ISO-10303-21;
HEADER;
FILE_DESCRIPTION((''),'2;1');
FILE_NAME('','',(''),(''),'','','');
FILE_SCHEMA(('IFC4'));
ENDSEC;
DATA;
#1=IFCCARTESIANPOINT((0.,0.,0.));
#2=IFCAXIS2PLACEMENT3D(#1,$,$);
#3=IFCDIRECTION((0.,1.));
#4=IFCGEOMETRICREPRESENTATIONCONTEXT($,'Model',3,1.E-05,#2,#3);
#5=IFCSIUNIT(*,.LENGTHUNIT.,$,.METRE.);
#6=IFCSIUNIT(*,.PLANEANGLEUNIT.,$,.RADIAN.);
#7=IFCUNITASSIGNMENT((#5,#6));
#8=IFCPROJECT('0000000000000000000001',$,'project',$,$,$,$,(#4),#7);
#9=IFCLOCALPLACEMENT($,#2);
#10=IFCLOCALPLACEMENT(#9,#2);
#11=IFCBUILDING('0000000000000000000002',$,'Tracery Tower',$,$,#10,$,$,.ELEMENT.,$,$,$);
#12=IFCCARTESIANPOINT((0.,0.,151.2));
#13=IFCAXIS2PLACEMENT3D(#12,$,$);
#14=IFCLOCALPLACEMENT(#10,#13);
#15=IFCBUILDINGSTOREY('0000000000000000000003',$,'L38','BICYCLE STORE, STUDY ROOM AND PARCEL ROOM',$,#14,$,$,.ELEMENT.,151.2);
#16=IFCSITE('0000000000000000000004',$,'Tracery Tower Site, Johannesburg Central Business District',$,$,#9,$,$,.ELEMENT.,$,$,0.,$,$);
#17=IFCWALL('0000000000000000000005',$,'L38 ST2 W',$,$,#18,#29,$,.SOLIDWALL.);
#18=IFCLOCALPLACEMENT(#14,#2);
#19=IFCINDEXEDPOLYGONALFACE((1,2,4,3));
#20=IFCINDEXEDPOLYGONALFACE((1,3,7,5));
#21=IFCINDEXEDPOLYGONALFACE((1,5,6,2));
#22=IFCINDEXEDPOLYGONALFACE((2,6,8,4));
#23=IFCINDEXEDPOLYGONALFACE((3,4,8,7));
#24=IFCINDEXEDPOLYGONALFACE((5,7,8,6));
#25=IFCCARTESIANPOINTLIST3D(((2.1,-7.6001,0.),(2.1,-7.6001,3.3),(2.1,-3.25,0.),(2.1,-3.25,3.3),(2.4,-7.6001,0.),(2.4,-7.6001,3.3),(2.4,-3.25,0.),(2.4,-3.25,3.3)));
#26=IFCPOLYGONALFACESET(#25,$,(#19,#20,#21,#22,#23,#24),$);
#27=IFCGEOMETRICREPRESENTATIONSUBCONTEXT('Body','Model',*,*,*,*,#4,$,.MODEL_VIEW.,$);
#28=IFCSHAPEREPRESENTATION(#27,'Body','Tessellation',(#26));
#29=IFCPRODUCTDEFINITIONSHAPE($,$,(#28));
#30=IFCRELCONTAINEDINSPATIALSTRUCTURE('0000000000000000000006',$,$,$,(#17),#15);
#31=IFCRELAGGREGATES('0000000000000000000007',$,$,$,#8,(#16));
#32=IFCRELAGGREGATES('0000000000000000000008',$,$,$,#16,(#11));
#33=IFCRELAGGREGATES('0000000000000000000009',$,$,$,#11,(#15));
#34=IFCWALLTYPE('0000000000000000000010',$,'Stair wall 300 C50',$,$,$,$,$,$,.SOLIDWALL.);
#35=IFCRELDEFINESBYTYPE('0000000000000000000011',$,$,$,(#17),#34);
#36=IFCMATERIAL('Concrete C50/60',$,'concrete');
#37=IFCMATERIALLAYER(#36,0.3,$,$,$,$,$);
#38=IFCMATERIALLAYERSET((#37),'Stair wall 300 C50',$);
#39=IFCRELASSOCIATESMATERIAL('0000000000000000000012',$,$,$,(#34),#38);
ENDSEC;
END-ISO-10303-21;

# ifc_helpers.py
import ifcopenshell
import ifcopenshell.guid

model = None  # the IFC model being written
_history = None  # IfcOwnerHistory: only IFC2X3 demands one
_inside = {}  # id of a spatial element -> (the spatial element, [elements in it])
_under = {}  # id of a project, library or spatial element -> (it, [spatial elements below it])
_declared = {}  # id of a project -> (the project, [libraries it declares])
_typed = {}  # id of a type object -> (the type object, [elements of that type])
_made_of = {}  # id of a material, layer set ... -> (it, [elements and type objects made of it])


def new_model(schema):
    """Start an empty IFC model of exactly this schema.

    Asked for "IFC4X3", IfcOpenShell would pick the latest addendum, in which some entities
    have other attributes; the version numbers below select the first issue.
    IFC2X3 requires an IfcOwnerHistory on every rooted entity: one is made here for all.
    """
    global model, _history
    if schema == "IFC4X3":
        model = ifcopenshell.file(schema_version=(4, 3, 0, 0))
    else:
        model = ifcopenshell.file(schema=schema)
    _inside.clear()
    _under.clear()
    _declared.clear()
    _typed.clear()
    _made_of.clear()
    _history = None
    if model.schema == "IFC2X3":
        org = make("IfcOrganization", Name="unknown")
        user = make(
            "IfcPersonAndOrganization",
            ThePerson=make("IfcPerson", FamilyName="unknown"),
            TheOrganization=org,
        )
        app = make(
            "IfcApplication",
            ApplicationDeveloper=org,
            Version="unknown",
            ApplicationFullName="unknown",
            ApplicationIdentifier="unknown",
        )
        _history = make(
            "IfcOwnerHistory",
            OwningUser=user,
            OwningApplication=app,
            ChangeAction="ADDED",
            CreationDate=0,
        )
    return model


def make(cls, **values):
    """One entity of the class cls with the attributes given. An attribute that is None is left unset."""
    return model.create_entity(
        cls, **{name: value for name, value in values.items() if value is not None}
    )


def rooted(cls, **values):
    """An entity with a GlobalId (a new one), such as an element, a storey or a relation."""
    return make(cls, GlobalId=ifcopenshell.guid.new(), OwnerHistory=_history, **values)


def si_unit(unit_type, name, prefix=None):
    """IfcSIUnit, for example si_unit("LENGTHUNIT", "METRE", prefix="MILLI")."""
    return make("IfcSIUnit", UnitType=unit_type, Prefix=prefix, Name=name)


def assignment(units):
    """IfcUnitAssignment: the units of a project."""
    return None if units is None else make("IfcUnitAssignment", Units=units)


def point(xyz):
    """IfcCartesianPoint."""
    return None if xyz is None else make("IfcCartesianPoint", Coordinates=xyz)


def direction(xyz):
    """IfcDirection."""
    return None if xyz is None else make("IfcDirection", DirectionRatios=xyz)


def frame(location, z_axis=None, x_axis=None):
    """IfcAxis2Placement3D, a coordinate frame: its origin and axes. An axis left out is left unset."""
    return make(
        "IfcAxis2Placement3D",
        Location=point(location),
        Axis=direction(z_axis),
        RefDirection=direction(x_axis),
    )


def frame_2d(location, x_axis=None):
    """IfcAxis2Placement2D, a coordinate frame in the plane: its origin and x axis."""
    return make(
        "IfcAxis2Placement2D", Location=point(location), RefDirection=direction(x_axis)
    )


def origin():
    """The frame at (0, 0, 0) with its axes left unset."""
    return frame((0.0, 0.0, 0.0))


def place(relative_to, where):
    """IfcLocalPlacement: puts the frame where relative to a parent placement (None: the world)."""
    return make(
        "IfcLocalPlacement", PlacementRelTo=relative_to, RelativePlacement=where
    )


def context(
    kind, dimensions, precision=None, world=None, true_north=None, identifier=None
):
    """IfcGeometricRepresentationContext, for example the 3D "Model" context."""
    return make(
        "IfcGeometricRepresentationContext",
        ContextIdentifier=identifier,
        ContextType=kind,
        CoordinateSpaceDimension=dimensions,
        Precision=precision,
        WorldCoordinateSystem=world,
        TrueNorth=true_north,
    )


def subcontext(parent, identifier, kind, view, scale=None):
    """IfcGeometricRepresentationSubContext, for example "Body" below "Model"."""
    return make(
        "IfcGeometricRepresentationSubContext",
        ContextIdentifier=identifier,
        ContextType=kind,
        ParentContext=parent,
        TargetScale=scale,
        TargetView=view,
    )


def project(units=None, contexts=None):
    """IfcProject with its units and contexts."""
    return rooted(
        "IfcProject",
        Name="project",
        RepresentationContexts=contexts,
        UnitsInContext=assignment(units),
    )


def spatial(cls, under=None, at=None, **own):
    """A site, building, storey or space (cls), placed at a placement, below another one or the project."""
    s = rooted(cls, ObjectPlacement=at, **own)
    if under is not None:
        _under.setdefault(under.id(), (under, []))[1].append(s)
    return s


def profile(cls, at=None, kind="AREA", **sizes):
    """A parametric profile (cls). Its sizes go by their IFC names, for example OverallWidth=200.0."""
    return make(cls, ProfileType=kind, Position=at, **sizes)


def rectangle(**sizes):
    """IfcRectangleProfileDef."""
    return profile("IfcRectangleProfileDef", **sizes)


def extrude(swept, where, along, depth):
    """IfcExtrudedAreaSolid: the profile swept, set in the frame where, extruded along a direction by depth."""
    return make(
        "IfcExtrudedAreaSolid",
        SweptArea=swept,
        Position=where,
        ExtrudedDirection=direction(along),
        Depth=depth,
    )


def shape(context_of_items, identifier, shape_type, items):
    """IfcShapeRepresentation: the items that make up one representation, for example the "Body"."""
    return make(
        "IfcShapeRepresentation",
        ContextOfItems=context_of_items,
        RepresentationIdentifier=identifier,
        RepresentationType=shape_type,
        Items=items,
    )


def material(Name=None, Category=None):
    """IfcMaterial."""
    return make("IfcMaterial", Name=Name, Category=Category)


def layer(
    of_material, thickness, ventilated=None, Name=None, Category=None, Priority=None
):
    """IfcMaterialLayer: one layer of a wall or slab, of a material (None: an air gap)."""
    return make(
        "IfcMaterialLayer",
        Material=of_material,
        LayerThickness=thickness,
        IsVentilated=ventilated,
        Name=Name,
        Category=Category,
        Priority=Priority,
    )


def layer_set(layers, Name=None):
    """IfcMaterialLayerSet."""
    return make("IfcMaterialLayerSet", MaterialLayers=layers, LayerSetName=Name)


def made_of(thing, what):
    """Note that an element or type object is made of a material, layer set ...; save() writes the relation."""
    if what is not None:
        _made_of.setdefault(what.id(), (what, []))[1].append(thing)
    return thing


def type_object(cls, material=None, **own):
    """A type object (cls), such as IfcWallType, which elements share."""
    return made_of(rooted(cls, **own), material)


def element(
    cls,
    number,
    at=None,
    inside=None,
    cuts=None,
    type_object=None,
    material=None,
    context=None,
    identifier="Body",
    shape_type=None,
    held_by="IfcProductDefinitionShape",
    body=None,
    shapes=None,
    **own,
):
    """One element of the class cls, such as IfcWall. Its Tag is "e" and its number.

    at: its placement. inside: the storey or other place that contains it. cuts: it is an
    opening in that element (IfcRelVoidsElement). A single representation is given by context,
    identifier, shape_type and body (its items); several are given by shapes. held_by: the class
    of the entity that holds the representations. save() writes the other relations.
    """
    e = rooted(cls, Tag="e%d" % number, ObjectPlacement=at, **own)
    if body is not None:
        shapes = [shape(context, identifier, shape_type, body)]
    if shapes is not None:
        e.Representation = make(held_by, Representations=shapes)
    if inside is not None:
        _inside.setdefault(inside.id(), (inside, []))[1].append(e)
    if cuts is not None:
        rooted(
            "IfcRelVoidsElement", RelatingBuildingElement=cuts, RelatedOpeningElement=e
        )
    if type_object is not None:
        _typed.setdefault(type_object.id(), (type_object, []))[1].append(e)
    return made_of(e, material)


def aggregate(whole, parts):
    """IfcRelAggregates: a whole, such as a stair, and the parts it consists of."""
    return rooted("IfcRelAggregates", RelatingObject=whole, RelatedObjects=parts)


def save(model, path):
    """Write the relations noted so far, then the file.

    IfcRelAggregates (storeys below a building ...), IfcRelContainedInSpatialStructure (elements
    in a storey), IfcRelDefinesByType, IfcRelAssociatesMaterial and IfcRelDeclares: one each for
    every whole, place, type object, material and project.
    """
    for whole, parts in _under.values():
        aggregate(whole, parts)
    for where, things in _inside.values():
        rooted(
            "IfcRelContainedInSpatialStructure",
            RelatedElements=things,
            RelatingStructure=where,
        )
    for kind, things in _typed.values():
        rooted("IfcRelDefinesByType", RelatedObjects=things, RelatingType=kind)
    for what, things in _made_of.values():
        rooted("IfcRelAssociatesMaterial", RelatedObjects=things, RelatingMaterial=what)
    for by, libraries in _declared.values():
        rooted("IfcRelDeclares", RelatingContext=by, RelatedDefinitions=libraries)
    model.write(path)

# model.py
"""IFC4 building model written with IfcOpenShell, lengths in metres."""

from ifc_helpers import new_model, si_unit, direction, frame, frame_2d, origin, place, context, subcontext, project, spatial, rectangle, extrude, material, layer, layer_set, type_object, element, save


model = new_model("IFC4")

# Units and contexts
model_context = context("Model", 3, precision=1e-05, world=origin(), true_north=direction((0.0, 1.0)))
body_context = subcontext(model_context, "Body", "Model", "MODEL_VIEW")
ifc_project = project(units=[si_unit("LENGTHUNIT", "METRE"), si_unit("PLANEANGLEUNIT", "RADIAN")], contexts=[model_context])

# Site, building, storey
site_placement = place(None, origin())
site = spatial("IfcSite", under=ifc_project, at=site_placement, Name="Tracery Tower Site, Johannesburg Central Business District", CompositionType="ELEMENT", RefElevation=0.0)
building_placement = place(site_placement, origin())
building = spatial("IfcBuilding", under=site, at=building_placement, Name="Tracery Tower", CompositionType="ELEMENT")
storey_placement = place(building_placement, frame((0.0, 0.0, 151.2)))
storey = spatial("IfcBuildingStorey", under=building, at=storey_placement, Name="L38", Description="BICYCLE STORE, STUDY ROOM AND PARCEL ROOM", CompositionType="ELEMENT", Elevation=151.2)

# Wall
ifc_material_1 = material(Name="Concrete C50/60", Category="concrete")
ifc_layer_1 = layer(ifc_material_1, 0.3)
ifc_layer_set_1 = layer_set([ifc_layer_1], Name="Stair wall 300 C50")
wall_type_1 = type_object("IfcWallType", Name="Stair wall 300 C50", PredefinedType="SOLIDWALL", material=ifc_layer_set_1)
wall_1_placement = place(storey_placement, frame((2.25, -7.6001, 0.0), z_axis=(0.0, 0.0, 1.0), x_axis=(0.0, 1.0, 0.0)))
element("IfcWall", 1, at=wall_1_placement, inside=storey, type_object=wall_type_1, Name="L38 ST2 W", PredefinedType="SOLIDWALL", context=body_context, shape_type="SweptSolid", body=[
    extrude(rectangle(XDim=4.3501, YDim=0.3, at=frame_2d((2.175, 0.0))), origin(), (0.0, 0.0, 1.0), 3.3),
])

save(model, "model.ifc")
